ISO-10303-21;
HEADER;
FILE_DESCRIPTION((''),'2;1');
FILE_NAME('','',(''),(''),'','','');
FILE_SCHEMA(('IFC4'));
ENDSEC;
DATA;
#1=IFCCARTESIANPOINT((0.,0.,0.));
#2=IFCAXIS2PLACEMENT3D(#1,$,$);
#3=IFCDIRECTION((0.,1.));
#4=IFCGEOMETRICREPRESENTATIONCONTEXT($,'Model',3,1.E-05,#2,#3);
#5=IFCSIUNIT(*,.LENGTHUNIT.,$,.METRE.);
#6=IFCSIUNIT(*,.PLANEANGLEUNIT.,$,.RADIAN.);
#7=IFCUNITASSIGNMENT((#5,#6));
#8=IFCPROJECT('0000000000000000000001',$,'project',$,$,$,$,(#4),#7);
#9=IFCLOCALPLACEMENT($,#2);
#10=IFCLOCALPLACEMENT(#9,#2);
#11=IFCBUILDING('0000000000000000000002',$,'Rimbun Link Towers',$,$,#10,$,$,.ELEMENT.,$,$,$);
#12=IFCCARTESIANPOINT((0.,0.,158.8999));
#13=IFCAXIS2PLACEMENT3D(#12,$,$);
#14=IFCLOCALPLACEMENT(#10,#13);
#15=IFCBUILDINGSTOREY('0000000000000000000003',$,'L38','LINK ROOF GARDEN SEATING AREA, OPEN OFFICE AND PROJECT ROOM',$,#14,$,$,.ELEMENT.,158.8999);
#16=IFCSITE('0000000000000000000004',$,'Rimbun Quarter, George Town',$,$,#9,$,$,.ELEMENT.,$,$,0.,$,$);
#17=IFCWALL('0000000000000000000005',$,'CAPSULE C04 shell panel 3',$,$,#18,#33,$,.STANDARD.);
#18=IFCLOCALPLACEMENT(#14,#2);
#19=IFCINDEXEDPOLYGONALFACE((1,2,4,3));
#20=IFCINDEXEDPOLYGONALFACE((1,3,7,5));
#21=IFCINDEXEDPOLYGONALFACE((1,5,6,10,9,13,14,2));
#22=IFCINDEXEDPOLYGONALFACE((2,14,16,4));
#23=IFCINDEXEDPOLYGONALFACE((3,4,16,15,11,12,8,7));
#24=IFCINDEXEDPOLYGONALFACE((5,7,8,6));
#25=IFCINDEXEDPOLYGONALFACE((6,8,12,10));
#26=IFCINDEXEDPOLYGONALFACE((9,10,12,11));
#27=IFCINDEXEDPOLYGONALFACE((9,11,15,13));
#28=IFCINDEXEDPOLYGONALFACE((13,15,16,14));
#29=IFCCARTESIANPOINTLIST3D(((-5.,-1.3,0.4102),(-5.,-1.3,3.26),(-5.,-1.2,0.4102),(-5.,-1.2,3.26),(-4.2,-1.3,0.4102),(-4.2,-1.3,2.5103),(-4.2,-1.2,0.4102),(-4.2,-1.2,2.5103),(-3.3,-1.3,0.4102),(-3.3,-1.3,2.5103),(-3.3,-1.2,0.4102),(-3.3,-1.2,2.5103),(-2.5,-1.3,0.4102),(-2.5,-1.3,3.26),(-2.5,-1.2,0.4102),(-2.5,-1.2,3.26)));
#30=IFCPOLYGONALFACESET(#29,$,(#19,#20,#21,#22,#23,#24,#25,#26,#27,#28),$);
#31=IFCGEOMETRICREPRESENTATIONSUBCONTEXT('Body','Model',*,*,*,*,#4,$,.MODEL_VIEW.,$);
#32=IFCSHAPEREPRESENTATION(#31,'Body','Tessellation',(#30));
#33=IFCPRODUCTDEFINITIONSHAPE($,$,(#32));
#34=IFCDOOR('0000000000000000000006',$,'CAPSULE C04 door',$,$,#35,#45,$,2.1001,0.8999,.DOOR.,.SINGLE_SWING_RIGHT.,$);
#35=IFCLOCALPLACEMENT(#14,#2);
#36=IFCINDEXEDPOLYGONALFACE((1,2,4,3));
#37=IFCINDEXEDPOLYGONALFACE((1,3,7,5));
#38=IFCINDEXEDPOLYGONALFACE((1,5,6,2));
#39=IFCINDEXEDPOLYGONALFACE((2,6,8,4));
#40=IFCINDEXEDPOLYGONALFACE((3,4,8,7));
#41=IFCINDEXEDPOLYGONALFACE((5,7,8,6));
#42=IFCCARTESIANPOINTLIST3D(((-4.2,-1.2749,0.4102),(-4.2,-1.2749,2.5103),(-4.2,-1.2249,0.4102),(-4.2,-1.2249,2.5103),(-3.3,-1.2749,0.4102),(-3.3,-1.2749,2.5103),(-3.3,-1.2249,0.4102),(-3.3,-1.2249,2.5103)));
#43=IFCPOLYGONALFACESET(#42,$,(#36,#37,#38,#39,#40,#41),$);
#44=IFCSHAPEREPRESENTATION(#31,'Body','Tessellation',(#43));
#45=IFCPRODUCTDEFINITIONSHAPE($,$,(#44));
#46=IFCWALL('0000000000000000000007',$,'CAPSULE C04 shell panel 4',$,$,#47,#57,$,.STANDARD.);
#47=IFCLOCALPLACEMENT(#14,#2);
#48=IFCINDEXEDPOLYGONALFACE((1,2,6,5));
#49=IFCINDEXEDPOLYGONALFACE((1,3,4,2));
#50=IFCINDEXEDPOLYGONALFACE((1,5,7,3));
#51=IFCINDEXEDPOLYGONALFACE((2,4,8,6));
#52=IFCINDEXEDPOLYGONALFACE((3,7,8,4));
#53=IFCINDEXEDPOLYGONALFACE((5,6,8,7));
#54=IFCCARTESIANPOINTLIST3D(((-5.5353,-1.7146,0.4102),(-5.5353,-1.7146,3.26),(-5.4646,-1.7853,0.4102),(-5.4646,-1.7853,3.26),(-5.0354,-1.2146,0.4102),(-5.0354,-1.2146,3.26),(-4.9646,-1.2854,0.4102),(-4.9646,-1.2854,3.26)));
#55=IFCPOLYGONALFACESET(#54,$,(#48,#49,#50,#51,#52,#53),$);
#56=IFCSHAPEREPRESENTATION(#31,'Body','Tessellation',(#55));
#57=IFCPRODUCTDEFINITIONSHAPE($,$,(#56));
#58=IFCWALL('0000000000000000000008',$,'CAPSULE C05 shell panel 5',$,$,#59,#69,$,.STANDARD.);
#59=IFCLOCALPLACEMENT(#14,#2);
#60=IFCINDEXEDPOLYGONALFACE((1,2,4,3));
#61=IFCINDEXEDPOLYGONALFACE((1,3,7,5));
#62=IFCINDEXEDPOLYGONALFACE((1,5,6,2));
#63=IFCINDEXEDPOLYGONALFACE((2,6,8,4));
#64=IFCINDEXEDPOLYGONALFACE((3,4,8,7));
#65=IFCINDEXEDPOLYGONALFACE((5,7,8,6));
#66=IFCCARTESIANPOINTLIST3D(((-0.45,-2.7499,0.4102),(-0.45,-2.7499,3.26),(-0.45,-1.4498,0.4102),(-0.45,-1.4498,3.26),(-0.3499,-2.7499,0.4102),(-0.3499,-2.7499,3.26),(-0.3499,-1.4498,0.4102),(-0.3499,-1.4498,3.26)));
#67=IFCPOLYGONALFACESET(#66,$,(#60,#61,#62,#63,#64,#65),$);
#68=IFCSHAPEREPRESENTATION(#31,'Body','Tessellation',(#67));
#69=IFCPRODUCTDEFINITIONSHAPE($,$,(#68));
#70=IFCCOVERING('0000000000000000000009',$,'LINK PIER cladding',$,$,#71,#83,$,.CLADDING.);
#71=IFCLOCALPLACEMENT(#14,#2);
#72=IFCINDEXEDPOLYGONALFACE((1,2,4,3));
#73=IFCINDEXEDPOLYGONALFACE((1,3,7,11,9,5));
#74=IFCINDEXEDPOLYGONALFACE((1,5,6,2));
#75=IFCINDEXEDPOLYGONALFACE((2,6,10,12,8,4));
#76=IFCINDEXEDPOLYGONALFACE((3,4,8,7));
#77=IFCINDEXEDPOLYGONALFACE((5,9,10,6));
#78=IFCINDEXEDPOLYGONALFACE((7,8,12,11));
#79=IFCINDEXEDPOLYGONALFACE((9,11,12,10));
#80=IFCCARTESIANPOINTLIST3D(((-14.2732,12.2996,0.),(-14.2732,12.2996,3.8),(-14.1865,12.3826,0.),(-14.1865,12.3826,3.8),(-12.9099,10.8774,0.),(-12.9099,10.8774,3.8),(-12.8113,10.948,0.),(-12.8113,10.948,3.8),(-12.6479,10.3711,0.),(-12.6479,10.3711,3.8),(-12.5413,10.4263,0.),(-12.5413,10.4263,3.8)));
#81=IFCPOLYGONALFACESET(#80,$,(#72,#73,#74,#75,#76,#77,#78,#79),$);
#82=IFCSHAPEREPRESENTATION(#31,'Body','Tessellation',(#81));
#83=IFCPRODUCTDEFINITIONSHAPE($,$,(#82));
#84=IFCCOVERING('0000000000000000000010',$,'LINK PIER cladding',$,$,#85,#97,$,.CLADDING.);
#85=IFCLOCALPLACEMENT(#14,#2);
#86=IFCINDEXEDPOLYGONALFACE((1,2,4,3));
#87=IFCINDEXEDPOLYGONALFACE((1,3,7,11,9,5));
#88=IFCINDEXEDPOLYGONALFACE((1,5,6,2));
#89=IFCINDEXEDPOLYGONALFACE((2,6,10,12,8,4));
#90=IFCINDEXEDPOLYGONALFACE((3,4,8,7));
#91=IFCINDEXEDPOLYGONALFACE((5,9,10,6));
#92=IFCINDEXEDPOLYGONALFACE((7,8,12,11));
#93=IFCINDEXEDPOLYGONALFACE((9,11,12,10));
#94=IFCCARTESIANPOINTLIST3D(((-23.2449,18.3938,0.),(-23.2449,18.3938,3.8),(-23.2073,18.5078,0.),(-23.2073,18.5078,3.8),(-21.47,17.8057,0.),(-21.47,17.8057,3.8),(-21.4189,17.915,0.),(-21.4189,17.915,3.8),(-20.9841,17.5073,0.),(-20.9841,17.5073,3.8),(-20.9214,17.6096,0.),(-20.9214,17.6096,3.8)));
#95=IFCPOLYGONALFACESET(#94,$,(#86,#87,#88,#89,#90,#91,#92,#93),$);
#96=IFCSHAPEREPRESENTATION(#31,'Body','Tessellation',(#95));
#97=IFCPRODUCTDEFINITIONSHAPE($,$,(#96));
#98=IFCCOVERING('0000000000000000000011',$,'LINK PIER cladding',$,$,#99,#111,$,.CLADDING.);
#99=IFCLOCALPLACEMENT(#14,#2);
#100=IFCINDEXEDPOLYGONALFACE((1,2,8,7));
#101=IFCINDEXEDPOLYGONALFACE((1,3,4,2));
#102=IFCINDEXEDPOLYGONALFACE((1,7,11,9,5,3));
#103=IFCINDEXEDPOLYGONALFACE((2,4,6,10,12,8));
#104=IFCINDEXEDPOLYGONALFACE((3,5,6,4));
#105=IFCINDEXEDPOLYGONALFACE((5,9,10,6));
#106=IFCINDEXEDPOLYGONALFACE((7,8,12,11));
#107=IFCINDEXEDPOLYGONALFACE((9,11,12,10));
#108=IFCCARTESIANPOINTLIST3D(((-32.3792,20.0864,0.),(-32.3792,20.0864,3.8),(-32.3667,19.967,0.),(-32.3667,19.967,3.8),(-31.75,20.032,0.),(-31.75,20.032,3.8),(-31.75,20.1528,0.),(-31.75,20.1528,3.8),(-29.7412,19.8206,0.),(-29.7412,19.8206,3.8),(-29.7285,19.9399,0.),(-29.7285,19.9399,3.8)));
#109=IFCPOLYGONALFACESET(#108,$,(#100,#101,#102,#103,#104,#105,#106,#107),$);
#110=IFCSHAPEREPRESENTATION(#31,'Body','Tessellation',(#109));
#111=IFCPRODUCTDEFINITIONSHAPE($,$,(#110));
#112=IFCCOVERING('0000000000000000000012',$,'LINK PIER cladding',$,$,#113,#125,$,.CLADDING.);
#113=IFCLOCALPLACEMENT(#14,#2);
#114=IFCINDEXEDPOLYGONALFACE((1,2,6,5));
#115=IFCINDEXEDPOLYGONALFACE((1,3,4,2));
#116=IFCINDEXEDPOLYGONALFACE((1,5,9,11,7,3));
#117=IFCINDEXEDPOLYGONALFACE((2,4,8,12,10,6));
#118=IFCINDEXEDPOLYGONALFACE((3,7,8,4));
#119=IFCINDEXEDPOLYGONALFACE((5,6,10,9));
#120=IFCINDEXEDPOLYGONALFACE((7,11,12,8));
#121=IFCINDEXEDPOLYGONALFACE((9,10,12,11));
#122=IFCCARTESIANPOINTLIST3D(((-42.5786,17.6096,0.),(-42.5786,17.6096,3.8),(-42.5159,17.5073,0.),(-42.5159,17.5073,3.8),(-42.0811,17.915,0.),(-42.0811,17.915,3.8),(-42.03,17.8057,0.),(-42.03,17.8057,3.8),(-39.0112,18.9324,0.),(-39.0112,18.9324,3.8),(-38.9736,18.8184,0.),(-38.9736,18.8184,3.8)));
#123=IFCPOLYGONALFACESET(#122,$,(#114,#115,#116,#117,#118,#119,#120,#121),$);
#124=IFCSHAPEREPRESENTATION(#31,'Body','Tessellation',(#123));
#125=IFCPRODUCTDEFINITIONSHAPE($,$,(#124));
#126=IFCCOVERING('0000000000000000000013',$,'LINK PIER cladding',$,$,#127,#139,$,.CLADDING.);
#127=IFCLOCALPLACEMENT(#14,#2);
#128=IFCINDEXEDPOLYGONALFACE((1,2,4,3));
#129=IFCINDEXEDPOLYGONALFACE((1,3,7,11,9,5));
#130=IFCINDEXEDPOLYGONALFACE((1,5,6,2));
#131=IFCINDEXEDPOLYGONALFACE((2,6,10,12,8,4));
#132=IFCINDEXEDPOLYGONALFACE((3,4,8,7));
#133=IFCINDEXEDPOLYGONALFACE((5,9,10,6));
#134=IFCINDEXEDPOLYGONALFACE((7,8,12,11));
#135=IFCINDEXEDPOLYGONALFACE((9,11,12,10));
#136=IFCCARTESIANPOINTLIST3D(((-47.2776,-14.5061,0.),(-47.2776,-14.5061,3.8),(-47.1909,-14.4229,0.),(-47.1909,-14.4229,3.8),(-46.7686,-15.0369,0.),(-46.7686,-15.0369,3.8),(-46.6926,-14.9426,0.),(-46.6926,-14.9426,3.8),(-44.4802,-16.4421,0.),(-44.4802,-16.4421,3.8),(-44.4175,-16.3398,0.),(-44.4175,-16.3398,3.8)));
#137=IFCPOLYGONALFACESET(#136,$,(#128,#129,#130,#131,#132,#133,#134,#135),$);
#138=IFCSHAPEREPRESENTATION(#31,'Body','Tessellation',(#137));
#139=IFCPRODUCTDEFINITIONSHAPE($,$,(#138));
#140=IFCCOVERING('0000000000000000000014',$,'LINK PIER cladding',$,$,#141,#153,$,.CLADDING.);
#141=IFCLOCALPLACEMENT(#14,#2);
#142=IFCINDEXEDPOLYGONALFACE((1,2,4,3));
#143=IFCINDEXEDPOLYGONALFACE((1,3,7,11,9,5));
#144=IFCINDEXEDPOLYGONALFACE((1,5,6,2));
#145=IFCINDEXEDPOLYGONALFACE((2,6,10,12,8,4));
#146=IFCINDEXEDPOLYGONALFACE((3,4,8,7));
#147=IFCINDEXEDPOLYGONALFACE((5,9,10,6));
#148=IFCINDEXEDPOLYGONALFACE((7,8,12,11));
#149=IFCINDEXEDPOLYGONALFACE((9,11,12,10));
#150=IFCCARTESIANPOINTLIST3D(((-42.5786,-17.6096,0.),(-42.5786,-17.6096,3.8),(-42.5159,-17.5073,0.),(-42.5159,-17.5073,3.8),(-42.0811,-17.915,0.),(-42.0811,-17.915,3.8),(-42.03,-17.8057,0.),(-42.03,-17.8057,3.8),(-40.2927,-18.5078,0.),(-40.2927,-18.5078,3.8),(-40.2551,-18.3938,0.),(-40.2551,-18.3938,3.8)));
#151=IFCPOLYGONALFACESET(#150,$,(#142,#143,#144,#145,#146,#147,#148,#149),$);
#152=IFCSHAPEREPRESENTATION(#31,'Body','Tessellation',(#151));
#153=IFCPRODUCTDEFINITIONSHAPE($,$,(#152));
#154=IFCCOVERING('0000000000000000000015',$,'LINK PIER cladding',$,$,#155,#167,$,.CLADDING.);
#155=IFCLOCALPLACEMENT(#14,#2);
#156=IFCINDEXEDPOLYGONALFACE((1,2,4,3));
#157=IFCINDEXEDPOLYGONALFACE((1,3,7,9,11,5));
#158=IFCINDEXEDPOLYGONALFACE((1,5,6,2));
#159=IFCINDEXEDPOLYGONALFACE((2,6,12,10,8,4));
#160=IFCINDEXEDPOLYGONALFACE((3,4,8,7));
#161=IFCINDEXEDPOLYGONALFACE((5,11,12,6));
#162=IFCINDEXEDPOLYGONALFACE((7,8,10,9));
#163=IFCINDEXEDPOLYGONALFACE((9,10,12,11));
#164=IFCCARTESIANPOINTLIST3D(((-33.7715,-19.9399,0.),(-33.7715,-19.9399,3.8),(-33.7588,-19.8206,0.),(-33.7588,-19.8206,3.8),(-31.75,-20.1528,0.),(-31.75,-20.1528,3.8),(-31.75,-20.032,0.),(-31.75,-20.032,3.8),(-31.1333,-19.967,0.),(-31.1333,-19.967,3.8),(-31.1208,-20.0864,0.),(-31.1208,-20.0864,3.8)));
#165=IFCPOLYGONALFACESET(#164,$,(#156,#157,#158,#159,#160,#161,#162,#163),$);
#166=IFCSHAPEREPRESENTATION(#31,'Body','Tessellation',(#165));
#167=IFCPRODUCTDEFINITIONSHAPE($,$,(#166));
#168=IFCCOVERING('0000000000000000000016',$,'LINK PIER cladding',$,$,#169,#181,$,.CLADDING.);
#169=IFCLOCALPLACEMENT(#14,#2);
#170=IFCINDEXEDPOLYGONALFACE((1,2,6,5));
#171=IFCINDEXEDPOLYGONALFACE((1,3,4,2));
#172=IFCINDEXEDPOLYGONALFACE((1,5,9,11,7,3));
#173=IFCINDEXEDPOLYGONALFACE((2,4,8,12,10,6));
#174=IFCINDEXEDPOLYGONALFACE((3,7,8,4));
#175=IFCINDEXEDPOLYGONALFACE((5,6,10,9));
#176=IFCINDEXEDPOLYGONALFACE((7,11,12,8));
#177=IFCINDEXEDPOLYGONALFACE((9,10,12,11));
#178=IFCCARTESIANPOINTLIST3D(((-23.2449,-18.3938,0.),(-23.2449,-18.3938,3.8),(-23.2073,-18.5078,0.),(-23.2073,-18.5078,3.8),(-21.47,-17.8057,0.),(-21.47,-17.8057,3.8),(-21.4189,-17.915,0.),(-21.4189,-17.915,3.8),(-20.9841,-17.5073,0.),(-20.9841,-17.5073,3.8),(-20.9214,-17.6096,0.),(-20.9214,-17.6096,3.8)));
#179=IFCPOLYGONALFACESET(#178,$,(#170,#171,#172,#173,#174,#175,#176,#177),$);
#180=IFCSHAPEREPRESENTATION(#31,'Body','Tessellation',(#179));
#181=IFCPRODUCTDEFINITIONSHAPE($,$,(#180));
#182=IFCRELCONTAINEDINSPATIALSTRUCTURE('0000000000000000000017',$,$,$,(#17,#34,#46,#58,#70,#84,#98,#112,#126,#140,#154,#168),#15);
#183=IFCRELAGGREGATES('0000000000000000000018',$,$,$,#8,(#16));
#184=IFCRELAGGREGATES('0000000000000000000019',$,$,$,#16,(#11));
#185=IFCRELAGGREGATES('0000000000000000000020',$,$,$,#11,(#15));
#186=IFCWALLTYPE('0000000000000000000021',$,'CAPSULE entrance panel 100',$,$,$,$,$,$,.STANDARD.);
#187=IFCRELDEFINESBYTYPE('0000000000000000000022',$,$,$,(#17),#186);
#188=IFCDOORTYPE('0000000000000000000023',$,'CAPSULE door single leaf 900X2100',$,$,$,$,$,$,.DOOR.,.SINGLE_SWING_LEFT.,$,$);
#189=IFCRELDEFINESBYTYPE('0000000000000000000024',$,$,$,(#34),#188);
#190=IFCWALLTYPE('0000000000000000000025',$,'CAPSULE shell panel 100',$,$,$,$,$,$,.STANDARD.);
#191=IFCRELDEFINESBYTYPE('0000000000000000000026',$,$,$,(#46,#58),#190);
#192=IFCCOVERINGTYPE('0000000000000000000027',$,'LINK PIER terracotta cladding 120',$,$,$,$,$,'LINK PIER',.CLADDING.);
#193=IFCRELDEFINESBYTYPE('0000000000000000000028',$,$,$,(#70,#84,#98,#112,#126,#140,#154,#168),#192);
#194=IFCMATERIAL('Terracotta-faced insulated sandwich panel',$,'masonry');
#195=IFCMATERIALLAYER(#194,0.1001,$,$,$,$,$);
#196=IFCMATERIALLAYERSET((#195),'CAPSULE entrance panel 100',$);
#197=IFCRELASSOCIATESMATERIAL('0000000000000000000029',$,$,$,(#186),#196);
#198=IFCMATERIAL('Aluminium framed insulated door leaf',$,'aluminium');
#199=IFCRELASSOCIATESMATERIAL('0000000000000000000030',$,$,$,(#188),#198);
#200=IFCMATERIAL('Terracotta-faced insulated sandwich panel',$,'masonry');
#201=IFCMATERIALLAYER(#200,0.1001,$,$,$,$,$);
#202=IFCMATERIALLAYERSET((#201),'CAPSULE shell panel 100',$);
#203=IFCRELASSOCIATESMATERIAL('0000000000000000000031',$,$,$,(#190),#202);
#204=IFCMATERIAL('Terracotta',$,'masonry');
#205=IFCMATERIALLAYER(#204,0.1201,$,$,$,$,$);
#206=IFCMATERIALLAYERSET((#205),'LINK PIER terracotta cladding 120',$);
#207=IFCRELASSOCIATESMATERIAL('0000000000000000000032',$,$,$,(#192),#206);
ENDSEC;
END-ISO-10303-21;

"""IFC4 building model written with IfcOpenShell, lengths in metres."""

from ifc_helpers import new_model, si_unit, direction, frame, frame_2d, origin, place, context, subcontext, project, spatial, polyline, rectangle, outline, extrude, material, layer, layer_set, type_object, element, fill, save


model = new_model("IFC4")

# Units and contexts
model_context = context("Model", 3, precision=1e-05, world=origin(), true_north=direction((0.0, 1.0)))
body_context = subcontext(model_context, "Body", "Model", "MODEL_VIEW")
ifc_project = project(units=[si_unit("LENGTHUNIT", "METRE"), si_unit("PLANEANGLEUNIT", "RADIAN")], contexts=[model_context])

# Site, building, storey
site_placement = place(None, origin())
site = spatial("IfcSite", under=ifc_project, at=site_placement, Name="Rimbun Quarter, George Town", CompositionType="ELEMENT", RefElevation=0.0)
building_placement = place(site_placement, origin())
building = spatial("IfcBuilding", under=site, at=building_placement, Name="Rimbun Link Towers", CompositionType="ELEMENT")
storey_placement = place(building_placement, frame((0.0, 0.0, 158.8999)))
storey = spatial("IfcBuildingStorey", under=building, at=storey_placement, Name="L38", Description="LINK ROOF GARDEN SEATING AREA, OPEN OFFICE AND PROJECT ROOM", CompositionType="ELEMENT", Elevation=158.8999)

# Wall, opening, door
ifc_material_1 = material(Name="Terracotta-faced insulated sandwich panel", Category="masonry")
ifc_layer_1 = layer(ifc_material_1, 0.1001)
ifc_layer_set_1 = layer_set([ifc_layer_1], Name="CAPSULE entrance panel 100")
wall_type_1 = type_object("IfcWallType", Name="CAPSULE entrance panel 100", PredefinedType="STANDARD", material=ifc_layer_set_1)
wall_1_placement = place(storey_placement, frame((-2.5, -1.25, 0.4102), z_axis=(0.0, 0.0, 1.0), x_axis=(-1.0, 0.0, 0.0)))
wall_1 = element("IfcWall", 1, at=wall_1_placement, inside=storey, type_object=wall_type_1, Name="CAPSULE C04 shell panel 3", PredefinedType="STANDARD", context=body_context, shape_type="SweptSolid", body=[
    extrude(rectangle(XDim=2.5, YDim=0.1001, at=frame_2d((1.25, 0.0))), origin(), (0.0, 0.0, 1.0), 2.8499),
])
opening_placement = place(wall_1_placement, frame((0.8, 0.0, 0.0)))
opening = element("IfcOpeningElement", 2, at=opening_placement, cuts=wall_1, PredefinedType="OPENING", context=body_context, shape_type="SweptSolid", body=[
    extrude(rectangle(XDim=0.8999, YDim=2.1001, at=frame_2d((0.45, 1.05))), frame((0.0, 0.0601, 0.0), z_axis=(0.0, -1.0, 0.0), x_axis=(1.0, 0.0, 0.0)), (0.0, 0.0, 1.0), 0.1201),
])
ifc_material_2 = material(Name="Aluminium framed insulated door leaf", Category="aluminium")
door_type = type_object("IfcDoorType", Name="CAPSULE door single leaf 900X2100", OperationType="SINGLE_SWING_LEFT", PredefinedType="DOOR", material=ifc_material_2)
door_placement = place(opening_placement, origin())
door = element("IfcDoor", 3, at=door_placement, inside=storey, type_object=door_type, Name="CAPSULE C04 door", OperationType="SINGLE_SWING_RIGHT", OverallHeight=2.1001, OverallWidth=0.8999, PredefinedType="DOOR", context=body_context, shape_type="SweptSolid", body=[
    extrude(rectangle(XDim=0.8999, YDim=2.1001, at=frame_2d((0.45, 1.05))), frame((0.0, 0.0249, 0.0), z_axis=(0.0, -1.0, 0.0), x_axis=(1.0, 0.0, 0.0)), (0.0, 0.0, 1.0), 0.05),
])
fill(opening, door)

# Walls
ifc_material_3 = material(Name="Terracotta-faced insulated sandwich panel", Category="masonry")
ifc_layer_2 = layer(ifc_material_3, 0.1001)
ifc_layer_set_2 = layer_set([ifc_layer_2], Name="CAPSULE shell panel 100")
wall_type_2 = type_object("IfcWallType", Name="CAPSULE shell panel 100", PredefinedType="STANDARD", material=ifc_layer_set_2)
wall_2_placement = place(storey_placement, frame((-5.0, -1.25, 0.4102), z_axis=(0.0, 0.0, 1.0), x_axis=(-0.707107, -0.707107, 0.0)))
element("IfcWall", 4, at=wall_2_placement, inside=storey, type_object=wall_type_2, Name="CAPSULE C04 shell panel 4", PredefinedType="STANDARD", context=body_context, shape_type="SweptSolid", body=[
    extrude(rectangle(XDim=0.707, YDim=0.1001, at=frame_2d((0.3535, 0.0))), origin(), (0.0, 0.0, 1.0), 2.8499),
])
wall_3_placement = place(storey_placement, frame((-0.3999, -1.45, 0.4102), z_axis=(0.0, 0.0, 1.0), x_axis=(0.0, -1.0, 0.0)))
element("IfcWall", 5, at=wall_3_placement, inside=storey, type_object=wall_type_2, Name="CAPSULE C05 shell panel 5", PredefinedType="STANDARD", context=body_context, shape_type="SweptSolid", body=[
    extrude(rectangle(XDim=1.3, YDim=0.1001, at=frame_2d((0.6499, 0.0))), origin(), (0.0, 0.0, 1.0), 2.8499),
])

# Coverings
ifc_material_4 = material(Name="Terracotta", Category="masonry")
ifc_layer_3 = layer(ifc_material_4, 0.1201)
ifc_layer_set_3 = layer_set([ifc_layer_3], Name="LINK PIER terracotta cladding 120")
covering_type = type_object("IfcCoveringType", Name="LINK PIER terracotta cladding 120", ElementType="LINK PIER", PredefinedType="CLADDING", material=ifc_layer_set_3)
covering_1_placement = place(storey_placement, origin())
element("IfcCovering", 6, at=covering_1_placement, inside=storey, type_object=covering_type, Name="LINK PIER cladding", PredefinedType="CLADDING", context=body_context, shape_type="SweptSolid", body=[
    extrude(outline(polyline([(-14.2732, 12.2996), (-12.9099, 10.8774), (-12.6479, 10.3711), (-12.5413, 10.4263), (-12.8113, 10.948), (-14.1865, 12.3826), (-14.2732, 12.2996)])), origin(), (0.0, 0.0, 1.0), 3.8),
])
covering_2_placement = place(storey_placement, origin())
element("IfcCovering", 7, at=covering_2_placement, inside=storey, type_object=covering_type, Name="LINK PIER cladding", PredefinedType="CLADDING", context=body_context, shape_type="SweptSolid", body=[
    extrude(outline(polyline([(-23.2449, 18.3938), (-21.47, 17.8057), (-20.9841, 17.5073), (-20.9214, 17.6096), (-21.4189, 17.915), (-23.2073, 18.5078), (-23.2449, 18.3938)])), origin(), (0.0, 0.0, 1.0), 3.8),
])
covering_3_placement = place(storey_placement, origin())
element("IfcCovering", 8, at=covering_3_placement, inside=storey, type_object=covering_type, Name="LINK PIER cladding", PredefinedType="CLADDING", context=body_context, shape_type="SweptSolid", body=[
    extrude(outline(polyline([(-32.3667, 19.967), (-31.75, 20.032), (-29.7412, 19.8206), (-29.7285, 19.9399), (-31.75, 20.1528), (-32.3792, 20.0864), (-32.3667, 19.967)])), origin(), (0.0, 0.0, 1.0), 3.8),
])
covering_4_placement = place(storey_placement, origin())
element("IfcCovering", 9, at=covering_4_placement, inside=storey, type_object=covering_type, Name="LINK PIER cladding", PredefinedType="CLADDING", context=body_context, shape_type="SweptSolid", body=[
    extrude(outline(polyline([(-42.5159, 17.5073), (-42.03, 17.8057), (-38.9736, 18.8184), (-39.0112, 18.9324), (-42.0811, 17.915), (-42.5786, 17.6096), (-42.5159, 17.5073)])), origin(), (0.0, 0.0, 1.0), 3.8),
])
covering_5_placement = place(storey_placement, origin())
element("IfcCovering", 10, at=covering_5_placement, inside=storey, type_object=covering_type, Name="LINK PIER cladding", PredefinedType="CLADDING", context=body_context, shape_type="SweptSolid", body=[
    extrude(outline(polyline([(-44.4175, -16.3398), (-46.6926, -14.9426), (-47.1909, -14.4229), (-47.2776, -14.5061), (-46.7686, -15.0369), (-44.4802, -16.4421), (-44.4175, -16.3398)])), origin(), (0.0, 0.0, 1.0), 3.8),
])
covering_6_placement = place(storey_placement, origin())
element("IfcCovering", 11, at=covering_6_placement, inside=storey, type_object=covering_type, Name="LINK PIER cladding", PredefinedType="CLADDING", context=body_context, shape_type="SweptSolid", body=[
    extrude(outline(polyline([(-40.2551, -18.3938), (-42.03, -17.8057), (-42.5159, -17.5073), (-42.5786, -17.6096), (-42.0811, -17.915), (-40.2927, -18.5078), (-40.2551, -18.3938)])), origin(), (0.0, 0.0, 1.0), 3.8),
])
covering_7_placement = place(storey_placement, origin())
element("IfcCovering", 12, at=covering_7_placement, inside=storey, type_object=covering_type, Name="LINK PIER cladding", PredefinedType="CLADDING", context=body_context, shape_type="SweptSolid", body=[
    extrude(outline(polyline([(-31.1333, -19.967), (-31.75, -20.032), (-33.7588, -19.8206), (-33.7715, -19.9399), (-31.75, -20.1528), (-31.1208, -20.0864), (-31.1333, -19.967)])), origin(), (0.0, 0.0, 1.0), 3.8),
])
covering_8_placement = place(storey_placement, origin())
element("IfcCovering", 13, at=covering_8_placement, inside=storey, type_object=covering_type, Name="LINK PIER cladding", PredefinedType="CLADDING", context=body_context, shape_type="SweptSolid", body=[
    extrude(outline(polyline([(-20.9841, -17.5073), (-21.47, -17.8057), (-23.2449, -18.3938), (-23.2073, -18.5078), (-21.4189, -17.915), (-20.9214, -17.6096), (-20.9841, -17.5073)])), origin(), (0.0, 0.0, 1.0), 3.8),
])

save(model, "model.ifc")
